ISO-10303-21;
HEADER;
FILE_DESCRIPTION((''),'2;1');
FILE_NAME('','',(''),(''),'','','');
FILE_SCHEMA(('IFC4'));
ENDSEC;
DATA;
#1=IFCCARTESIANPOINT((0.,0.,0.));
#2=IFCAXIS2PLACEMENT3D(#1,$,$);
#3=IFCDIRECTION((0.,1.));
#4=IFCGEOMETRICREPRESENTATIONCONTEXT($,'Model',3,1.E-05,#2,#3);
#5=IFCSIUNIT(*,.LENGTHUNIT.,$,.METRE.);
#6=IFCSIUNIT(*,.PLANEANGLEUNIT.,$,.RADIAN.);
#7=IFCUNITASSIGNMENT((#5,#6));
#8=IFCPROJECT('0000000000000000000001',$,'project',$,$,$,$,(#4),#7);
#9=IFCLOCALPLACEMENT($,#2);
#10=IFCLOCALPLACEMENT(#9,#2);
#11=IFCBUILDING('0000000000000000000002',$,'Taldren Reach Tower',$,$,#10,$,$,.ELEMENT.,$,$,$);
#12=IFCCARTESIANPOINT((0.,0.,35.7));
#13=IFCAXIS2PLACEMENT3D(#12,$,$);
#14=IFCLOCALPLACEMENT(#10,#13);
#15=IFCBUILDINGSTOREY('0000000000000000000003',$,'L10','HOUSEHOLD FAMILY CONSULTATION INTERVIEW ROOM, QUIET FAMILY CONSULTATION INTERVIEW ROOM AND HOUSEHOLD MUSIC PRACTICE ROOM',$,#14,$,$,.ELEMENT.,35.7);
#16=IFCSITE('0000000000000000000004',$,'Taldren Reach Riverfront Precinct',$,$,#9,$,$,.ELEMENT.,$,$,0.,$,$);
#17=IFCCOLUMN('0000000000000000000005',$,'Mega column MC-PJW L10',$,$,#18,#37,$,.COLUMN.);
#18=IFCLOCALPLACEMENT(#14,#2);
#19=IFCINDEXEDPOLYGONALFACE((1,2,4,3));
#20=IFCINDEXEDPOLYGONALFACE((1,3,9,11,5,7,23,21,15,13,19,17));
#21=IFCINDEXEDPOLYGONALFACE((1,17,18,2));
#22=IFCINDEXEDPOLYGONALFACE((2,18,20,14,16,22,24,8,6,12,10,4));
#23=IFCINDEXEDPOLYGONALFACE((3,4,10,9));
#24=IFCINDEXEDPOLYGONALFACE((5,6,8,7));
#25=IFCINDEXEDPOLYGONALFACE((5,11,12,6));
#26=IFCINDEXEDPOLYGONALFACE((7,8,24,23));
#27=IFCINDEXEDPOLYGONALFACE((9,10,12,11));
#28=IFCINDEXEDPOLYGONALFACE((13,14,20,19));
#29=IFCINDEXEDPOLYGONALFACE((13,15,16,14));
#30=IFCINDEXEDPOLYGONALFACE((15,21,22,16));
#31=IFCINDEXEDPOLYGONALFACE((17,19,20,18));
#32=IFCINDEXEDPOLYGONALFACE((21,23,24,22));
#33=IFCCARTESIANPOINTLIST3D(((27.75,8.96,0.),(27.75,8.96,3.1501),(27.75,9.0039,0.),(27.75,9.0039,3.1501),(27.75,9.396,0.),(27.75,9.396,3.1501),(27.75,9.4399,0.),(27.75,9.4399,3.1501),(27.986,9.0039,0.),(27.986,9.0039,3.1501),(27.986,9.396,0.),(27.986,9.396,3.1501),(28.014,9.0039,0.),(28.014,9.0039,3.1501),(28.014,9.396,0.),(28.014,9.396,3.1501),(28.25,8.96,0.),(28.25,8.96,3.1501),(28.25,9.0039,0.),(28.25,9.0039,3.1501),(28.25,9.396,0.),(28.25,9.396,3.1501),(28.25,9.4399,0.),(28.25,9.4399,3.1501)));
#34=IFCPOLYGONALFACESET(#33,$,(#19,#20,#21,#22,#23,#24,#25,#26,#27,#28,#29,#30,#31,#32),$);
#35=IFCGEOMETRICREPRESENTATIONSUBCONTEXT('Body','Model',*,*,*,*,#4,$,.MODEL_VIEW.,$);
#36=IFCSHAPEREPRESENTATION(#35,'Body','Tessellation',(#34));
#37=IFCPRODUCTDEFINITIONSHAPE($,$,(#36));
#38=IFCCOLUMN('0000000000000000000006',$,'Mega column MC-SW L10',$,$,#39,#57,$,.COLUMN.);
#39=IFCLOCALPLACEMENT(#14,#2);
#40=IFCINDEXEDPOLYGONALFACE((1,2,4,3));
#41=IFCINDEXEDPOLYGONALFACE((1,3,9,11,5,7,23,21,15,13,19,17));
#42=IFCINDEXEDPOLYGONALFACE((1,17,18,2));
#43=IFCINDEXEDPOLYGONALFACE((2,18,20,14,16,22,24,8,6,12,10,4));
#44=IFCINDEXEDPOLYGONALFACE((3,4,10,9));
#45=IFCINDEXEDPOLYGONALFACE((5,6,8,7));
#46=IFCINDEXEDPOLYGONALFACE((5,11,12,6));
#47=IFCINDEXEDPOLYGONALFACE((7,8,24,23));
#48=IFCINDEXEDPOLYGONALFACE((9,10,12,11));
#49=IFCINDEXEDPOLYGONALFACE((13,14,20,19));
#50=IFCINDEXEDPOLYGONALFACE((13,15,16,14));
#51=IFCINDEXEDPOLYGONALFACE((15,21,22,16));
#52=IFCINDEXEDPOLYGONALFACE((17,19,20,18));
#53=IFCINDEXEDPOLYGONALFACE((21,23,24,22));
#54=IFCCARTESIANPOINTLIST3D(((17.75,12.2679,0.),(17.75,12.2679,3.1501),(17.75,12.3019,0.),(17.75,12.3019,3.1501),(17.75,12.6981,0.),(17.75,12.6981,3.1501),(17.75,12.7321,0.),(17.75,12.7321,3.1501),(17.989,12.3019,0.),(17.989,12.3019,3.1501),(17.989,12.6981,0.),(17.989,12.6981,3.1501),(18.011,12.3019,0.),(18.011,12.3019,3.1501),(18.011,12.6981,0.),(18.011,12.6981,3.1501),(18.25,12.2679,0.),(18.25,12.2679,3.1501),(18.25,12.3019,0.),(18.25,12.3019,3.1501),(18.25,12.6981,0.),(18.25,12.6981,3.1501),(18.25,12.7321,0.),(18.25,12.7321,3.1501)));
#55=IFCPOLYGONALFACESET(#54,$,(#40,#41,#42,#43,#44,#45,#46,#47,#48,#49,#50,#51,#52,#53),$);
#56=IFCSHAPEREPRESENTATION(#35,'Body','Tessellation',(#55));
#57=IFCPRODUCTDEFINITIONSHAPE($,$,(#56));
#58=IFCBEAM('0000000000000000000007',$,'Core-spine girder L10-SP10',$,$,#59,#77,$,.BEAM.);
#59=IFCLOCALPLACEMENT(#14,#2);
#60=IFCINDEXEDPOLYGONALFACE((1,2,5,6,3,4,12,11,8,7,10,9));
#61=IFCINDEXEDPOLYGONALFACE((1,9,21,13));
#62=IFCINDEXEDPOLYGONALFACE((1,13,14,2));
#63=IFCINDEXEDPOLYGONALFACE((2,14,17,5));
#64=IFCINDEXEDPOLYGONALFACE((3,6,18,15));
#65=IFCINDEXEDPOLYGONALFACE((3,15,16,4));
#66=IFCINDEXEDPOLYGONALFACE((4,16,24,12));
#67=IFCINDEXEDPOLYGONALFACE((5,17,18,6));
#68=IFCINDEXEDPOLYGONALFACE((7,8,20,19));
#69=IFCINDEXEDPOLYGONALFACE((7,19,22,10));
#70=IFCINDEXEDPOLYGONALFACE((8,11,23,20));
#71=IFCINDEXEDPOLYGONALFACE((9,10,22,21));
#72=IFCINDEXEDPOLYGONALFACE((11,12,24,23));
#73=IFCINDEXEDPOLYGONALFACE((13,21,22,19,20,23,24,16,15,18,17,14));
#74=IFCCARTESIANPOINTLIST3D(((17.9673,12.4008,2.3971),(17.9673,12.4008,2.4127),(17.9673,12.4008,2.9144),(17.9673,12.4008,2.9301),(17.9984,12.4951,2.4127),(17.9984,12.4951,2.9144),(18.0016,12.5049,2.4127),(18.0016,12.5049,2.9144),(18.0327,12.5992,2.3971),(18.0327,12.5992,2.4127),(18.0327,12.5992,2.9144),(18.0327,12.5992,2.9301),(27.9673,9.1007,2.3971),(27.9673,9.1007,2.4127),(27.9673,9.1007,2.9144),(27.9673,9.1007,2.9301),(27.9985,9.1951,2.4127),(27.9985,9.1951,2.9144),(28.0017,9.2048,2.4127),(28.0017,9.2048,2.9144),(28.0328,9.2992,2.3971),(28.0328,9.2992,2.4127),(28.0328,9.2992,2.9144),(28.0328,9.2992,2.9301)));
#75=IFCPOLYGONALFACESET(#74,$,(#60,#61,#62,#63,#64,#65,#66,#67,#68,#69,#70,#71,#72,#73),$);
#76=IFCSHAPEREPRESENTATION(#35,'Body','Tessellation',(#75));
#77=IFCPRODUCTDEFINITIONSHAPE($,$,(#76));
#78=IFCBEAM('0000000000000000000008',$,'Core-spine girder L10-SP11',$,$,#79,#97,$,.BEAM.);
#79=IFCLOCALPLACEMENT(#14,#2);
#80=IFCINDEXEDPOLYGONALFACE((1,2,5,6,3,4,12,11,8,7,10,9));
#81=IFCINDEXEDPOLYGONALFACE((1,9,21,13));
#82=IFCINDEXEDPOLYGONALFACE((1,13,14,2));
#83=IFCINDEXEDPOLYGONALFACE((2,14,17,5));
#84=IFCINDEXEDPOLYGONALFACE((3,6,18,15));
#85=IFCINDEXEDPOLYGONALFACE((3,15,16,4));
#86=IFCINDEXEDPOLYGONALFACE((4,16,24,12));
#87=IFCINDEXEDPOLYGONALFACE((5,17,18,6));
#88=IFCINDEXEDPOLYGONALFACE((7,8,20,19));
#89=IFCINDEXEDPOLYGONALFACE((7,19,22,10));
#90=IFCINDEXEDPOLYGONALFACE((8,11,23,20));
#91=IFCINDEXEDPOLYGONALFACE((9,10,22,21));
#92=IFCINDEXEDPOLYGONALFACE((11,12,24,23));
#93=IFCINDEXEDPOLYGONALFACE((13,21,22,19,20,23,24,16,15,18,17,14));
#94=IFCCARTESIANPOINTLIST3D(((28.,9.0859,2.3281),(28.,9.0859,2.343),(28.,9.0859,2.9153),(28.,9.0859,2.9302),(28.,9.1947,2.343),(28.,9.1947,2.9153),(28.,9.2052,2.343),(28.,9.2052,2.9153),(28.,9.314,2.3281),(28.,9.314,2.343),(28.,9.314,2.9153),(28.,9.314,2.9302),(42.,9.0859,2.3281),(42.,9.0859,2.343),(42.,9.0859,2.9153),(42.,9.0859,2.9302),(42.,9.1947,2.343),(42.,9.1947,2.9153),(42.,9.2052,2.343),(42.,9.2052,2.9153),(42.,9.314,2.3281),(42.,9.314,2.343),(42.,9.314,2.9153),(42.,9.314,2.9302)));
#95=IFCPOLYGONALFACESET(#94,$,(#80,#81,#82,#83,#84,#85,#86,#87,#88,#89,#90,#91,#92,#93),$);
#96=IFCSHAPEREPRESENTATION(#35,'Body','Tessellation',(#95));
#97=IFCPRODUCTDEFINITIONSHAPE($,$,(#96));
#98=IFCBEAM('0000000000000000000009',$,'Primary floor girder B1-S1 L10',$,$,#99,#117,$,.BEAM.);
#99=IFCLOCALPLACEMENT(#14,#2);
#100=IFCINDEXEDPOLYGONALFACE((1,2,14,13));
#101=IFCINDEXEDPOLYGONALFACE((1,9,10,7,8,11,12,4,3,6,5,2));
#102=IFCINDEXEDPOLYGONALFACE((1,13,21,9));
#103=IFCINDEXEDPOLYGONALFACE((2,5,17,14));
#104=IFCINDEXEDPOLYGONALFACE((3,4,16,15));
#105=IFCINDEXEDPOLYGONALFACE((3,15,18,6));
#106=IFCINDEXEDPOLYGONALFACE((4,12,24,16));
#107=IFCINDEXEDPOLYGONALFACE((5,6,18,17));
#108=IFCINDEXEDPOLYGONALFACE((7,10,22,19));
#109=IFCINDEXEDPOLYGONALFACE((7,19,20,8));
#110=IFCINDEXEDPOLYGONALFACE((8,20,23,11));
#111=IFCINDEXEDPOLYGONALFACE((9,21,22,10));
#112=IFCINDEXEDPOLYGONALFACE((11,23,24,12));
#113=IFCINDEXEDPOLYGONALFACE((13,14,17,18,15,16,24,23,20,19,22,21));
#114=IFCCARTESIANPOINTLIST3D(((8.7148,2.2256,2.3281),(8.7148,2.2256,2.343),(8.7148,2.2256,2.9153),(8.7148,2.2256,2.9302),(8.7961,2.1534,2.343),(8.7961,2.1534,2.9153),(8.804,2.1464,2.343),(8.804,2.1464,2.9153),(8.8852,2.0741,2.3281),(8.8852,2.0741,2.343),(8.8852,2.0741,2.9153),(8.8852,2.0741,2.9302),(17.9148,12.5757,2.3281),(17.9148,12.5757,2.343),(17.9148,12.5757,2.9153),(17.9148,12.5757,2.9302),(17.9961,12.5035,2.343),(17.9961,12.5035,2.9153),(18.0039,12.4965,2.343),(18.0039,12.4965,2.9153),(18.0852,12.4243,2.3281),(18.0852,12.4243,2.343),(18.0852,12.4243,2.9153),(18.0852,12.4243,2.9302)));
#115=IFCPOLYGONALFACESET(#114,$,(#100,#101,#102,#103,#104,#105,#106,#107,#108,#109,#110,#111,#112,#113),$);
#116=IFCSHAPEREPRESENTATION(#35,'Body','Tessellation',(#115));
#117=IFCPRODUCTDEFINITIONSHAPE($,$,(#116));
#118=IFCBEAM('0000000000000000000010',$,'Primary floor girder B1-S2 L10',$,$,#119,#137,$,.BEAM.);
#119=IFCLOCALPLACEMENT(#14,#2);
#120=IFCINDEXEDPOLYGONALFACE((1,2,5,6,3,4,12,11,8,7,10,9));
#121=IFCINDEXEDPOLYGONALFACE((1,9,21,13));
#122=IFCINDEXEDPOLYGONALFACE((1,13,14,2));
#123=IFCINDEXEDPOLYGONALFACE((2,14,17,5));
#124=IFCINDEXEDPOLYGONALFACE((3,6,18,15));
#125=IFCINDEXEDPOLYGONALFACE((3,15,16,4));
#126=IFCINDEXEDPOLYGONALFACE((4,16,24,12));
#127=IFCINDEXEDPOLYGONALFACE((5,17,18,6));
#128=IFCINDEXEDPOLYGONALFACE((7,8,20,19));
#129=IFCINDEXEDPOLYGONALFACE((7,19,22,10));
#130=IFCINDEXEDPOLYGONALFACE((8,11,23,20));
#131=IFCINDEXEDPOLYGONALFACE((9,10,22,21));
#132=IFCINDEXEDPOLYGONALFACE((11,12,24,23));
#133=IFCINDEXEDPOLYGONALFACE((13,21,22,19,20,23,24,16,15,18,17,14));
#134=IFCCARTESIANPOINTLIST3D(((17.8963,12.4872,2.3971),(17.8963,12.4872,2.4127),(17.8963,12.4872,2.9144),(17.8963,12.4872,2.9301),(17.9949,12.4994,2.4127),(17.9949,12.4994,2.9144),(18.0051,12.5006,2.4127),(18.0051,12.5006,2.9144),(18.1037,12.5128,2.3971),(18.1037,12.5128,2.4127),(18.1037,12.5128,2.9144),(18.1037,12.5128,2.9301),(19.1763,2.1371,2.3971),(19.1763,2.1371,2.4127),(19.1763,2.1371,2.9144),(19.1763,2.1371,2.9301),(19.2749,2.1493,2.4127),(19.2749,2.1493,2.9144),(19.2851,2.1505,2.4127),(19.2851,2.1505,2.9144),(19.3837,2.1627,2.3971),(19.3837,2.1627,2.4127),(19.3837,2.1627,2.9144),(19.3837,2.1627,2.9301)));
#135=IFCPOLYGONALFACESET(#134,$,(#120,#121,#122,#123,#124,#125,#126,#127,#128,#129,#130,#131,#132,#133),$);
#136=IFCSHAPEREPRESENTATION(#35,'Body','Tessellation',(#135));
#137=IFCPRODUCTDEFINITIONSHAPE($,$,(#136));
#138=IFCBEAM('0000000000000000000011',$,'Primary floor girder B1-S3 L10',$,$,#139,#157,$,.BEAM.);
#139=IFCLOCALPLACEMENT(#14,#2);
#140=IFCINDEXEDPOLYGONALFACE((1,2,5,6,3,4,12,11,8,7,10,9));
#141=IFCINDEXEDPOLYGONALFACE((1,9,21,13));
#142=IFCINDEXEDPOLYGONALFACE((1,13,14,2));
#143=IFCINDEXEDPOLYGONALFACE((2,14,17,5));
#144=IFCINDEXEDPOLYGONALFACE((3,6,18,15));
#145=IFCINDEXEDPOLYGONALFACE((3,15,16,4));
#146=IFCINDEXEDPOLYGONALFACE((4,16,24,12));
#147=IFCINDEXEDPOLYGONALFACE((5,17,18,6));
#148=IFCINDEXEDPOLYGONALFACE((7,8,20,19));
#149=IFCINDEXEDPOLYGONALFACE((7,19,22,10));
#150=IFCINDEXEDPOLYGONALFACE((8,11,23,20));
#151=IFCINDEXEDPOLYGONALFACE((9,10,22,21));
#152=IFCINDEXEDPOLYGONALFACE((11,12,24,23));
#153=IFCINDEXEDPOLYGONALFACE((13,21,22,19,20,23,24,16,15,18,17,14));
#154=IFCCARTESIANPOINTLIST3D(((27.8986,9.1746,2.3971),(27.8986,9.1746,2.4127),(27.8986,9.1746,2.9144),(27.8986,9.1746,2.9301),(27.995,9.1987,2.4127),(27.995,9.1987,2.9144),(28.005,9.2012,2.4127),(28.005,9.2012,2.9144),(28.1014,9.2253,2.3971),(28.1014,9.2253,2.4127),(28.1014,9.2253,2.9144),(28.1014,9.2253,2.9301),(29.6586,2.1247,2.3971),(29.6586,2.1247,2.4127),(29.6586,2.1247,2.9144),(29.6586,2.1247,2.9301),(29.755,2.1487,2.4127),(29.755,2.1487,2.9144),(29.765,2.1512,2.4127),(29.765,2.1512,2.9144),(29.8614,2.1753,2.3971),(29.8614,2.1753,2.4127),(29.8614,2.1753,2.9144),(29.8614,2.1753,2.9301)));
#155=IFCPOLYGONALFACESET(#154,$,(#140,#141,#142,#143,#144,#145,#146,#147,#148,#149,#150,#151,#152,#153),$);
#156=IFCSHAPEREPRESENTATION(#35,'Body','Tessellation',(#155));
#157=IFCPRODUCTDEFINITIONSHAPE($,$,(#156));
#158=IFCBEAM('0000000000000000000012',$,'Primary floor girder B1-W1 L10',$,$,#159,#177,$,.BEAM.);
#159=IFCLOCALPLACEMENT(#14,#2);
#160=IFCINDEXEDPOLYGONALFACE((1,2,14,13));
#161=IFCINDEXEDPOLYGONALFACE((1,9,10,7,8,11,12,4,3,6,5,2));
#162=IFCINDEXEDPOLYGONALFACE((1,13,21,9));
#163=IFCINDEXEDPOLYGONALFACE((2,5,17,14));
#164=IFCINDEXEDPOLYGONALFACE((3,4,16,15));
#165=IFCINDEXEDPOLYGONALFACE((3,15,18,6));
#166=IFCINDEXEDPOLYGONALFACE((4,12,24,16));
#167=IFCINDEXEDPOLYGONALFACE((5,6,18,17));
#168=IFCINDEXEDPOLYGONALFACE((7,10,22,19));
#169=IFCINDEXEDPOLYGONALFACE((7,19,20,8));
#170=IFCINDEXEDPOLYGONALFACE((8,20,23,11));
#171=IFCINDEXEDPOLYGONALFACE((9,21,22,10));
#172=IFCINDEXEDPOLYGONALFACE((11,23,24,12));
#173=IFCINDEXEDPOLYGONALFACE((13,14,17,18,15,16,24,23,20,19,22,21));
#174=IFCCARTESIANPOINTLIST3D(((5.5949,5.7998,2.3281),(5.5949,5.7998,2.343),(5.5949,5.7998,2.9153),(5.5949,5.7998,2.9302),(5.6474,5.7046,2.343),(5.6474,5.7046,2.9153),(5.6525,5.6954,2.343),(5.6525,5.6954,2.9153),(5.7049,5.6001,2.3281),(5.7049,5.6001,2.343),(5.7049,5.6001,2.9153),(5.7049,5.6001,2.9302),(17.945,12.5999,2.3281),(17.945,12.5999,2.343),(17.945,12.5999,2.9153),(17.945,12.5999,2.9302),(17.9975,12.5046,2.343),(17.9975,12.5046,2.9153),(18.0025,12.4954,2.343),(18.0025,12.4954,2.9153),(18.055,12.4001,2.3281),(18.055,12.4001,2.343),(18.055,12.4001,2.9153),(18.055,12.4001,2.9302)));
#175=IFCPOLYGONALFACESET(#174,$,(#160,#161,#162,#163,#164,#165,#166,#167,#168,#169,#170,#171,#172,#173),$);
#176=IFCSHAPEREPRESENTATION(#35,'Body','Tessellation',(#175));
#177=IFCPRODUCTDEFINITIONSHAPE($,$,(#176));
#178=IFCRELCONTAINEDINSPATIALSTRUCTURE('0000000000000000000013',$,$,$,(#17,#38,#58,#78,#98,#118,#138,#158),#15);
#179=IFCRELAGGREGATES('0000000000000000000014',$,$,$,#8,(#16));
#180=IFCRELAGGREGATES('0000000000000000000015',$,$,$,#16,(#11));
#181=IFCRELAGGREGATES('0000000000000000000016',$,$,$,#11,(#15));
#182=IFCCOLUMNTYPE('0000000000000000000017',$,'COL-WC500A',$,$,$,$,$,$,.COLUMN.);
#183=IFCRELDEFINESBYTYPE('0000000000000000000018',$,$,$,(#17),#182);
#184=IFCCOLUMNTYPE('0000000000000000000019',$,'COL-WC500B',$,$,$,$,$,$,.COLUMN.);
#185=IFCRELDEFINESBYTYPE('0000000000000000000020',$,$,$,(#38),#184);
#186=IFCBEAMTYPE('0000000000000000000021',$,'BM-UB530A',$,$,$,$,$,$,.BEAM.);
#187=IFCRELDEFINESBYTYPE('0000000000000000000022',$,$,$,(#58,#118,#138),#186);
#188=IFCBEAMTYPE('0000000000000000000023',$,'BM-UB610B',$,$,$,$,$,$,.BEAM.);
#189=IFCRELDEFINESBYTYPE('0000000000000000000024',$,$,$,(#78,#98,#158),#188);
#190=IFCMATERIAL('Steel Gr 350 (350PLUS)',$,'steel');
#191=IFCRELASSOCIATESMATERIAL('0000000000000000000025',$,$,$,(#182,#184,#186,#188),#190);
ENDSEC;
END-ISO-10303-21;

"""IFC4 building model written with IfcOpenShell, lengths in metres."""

from ifc_helpers import new_model, si_unit, direction, frame, origin, origin_2d, place, context, subcontext, project, spatial, i_section, extrude, source, transform, mapped, material, material_profile, profile_set, type_object, element, save


model = new_model("IFC4")

# Units and contexts
model_context = context("Model", 3, precision=1e-05, world=origin(), true_north=direction((0.0, 1.0)))
body_context = subcontext(model_context, "Body", "Model", "MODEL_VIEW")
ifc_project = project(units=[si_unit("LENGTHUNIT", "METRE"), si_unit("PLANEANGLEUNIT", "RADIAN")], contexts=[model_context])

# Site, building, storey
site_placement = place(None, origin())
site = spatial("IfcSite", under=ifc_project, at=site_placement, Name="Taldren Reach Riverfront Precinct", CompositionType="ELEMENT", RefElevation=0.0)
building_placement = place(site_placement, origin())
building = spatial("IfcBuilding", under=site, at=building_placement, Name="Taldren Reach Tower", CompositionType="ELEMENT")
storey_placement = place(building_placement, frame((0.0, 0.0, 35.7)))
storey = spatial("IfcBuildingStorey", under=building, at=storey_placement, Name="L10", Description="HOUSEHOLD FAMILY CONSULTATION INTERVIEW ROOM, QUIET FAMILY CONSULTATION INTERVIEW ROOM AND HOUSEHOLD MUSIC PRACTICE ROOM", CompositionType="ELEMENT", Elevation=35.7)

# Columns
ifc_material_1 = material(Name="Steel Gr 350 (350PLUS)", Category="steel")
ifc_material_profile_1 = material_profile(ifc_material_1, i_section(OverallWidth=0.5, OverallDepth=0.48, WebThickness=0.0281, FlangeThickness=0.0439, at=origin_2d()), Name="500WC440")
ifc_profile_set_1 = profile_set([ifc_material_profile_1], Name="Steel Gr 350 (350PLUS)")
column_type_1 = type_object("IfcColumnType", Name="COL-WC500A", PredefinedType="COLUMN", material=ifc_profile_set_1)
shared_shape_1 = source(origin(), body_context, "Body", "SweptSolid", [
    extrude(i_section(OverallWidth=0.5, OverallDepth=0.48, WebThickness=0.0281, FlangeThickness=0.0439, at=origin_2d()), origin(), (0.0, 0.0, 1.0), 3.1501),
])
column_1_placement = place(storey_placement, frame((28.0, 9.2, 0.0), z_axis=(0.0, 0.0, 1.0), x_axis=(1.0, 0.0, 0.0)))
element("IfcColumn", 1, at=column_1_placement, inside=storey, type_object=column_type_1, Name="Mega column MC-PJW L10", PredefinedType="COLUMN", context=body_context, shape_type="MappedRepresentation", body=[
    mapped(shared_shape_1, transform((0.0, 0.0, 0.0), scale=1.0)),
])
ifc_material_profile_2 = material_profile(ifc_material_1, i_section(OverallWidth=0.5, OverallDepth=0.4641, WebThickness=0.022, FlangeThickness=0.0339, at=origin_2d()), Name="500WC340")
ifc_profile_set_2 = profile_set([ifc_material_profile_2], Name="Steel Gr 350 (350PLUS)")
column_type_2 = type_object("IfcColumnType", Name="COL-WC500B", PredefinedType="COLUMN", material=ifc_profile_set_2)
shared_shape_2 = source(origin(), body_context, "Body", "SweptSolid", [
    extrude(i_section(OverallWidth=0.5, OverallDepth=0.4641, WebThickness=0.022, FlangeThickness=0.0339, at=origin_2d()), origin(), (0.0, 0.0, 1.0), 3.1501),
])
column_2_placement = place(storey_placement, frame((18.0, 12.5, 0.0), z_axis=(0.0, 0.0, 1.0), x_axis=(1.0, 0.0, 0.0)))
element("IfcColumn", 2, at=column_2_placement, inside=storey, type_object=column_type_2, Name="Mega column MC-SW L10", PredefinedType="COLUMN", context=body_context, shape_type="MappedRepresentation", body=[
    mapped(shared_shape_2, transform((0.0, 0.0, 0.0), scale=1.0)),
])

# Beams
ifc_material_profile_3 = material_profile(ifc_material_1, i_section(OverallWidth=0.209, OverallDepth=0.533, WebThickness=0.0103, FlangeThickness=0.0156, at=origin_2d()), Name="530UB92.4")
ifc_profile_set_3 = profile_set([ifc_material_profile_3], Name="Steel Gr 350 (350PLUS)")
beam_type_1 = type_object("IfcBeamType", Name="BM-UB530A", PredefinedType="BEAM", material=ifc_profile_set_3)
shared_shape_3 = source(origin(), body_context, "Body", "SweptSolid", [
    extrude(i_section(OverallWidth=0.209, OverallDepth=0.533, WebThickness=0.0103, FlangeThickness=0.0156, at=origin_2d()), origin(), (0.0, 0.0, 1.0), 10.5305),
])
beam_1_placement = place(storey_placement, frame((18.0, 12.5, 2.6636), z_axis=(0.949627, -0.313382, 0.0), x_axis=(0.313382, 0.949627, 0.0)))
element("IfcBeam", 3, at=beam_1_placement, inside=storey, type_object=beam_type_1, Name="Core-spine girder L10-SP10", PredefinedType="BEAM", context=body_context, shape_type="MappedRepresentation", body=[
    mapped(shared_shape_3, transform((0.0, 0.0, 0.0), scale=1.0)),
])
ifc_material_profile_4 = material_profile(ifc_material_1, i_section(OverallWidth=0.228, OverallDepth=0.6021, WebThickness=0.0105, FlangeThickness=0.0149, at=origin_2d()), Name="610UB101")
ifc_profile_set_4 = profile_set([ifc_material_profile_4], Name="Steel Gr 350 (350PLUS)")
beam_type_2 = type_object("IfcBeamType", Name="BM-UB610B", PredefinedType="BEAM", material=ifc_profile_set_4)
shared_shape_4 = source(origin(), body_context, "Body", "SweptSolid", [
    extrude(i_section(OverallWidth=0.228, OverallDepth=0.6021, WebThickness=0.0105, FlangeThickness=0.0149, at=origin_2d()), origin(), (0.0, 0.0, 1.0), 14.0),
])
beam_2_placement = place(storey_placement, frame((28.0, 9.2, 2.6292), z_axis=(1.0, 0.0, 0.0), x_axis=(0.0, 1.0, 0.0)))
element("IfcBeam", 4, at=beam_2_placement, inside=storey, type_object=beam_type_2, Name="Core-spine girder L10-SP11", PredefinedType="BEAM", context=body_context, shape_type="MappedRepresentation", body=[
    mapped(shared_shape_4, transform((0.0, 0.0, 0.0), scale=1.0)),
])
shared_shape_5 = source(origin(), body_context, "Body", "SweptSolid", [
    extrude(i_section(OverallWidth=0.228, OverallDepth=0.6021, WebThickness=0.0105, FlangeThickness=0.0149, at=origin_2d()), origin(), (0.0, 0.0, 1.0), 13.8479),
])
beam_3_placement = place(storey_placement, frame((18.0, 12.5, 2.6292), z_axis=(-0.664358, -0.747414, 0.0), x_axis=(0.747414, -0.664358, 0.0)))
element("IfcBeam", 5, at=beam_3_placement, inside=storey, type_object=beam_type_2, Name="Primary floor girder B1-S1 L10", PredefinedType="BEAM", context=body_context, shape_type="MappedRepresentation", body=[
    mapped(shared_shape_5, transform((0.0, 0.0, 0.0), scale=1.0)),
])
shared_shape_6 = source(origin(), body_context, "Body", "SweptSolid", [
    extrude(i_section(OverallWidth=0.209, OverallDepth=0.533, WebThickness=0.0103, FlangeThickness=0.0156, at=origin_2d()), origin(), (0.0, 0.0, 1.0), 10.429),
])
beam_4_placement = place(storey_placement, frame((18.0, 12.5, 2.6636), z_axis=(0.122738, -0.992439, 0.0), x_axis=(0.992439, 0.122738, 0.0)))
element("IfcBeam", 6, at=beam_4_placement, inside=storey, type_object=beam_type_1, Name="Primary floor girder B1-S2 L10", PredefinedType="BEAM", context=body_context, shape_type="MappedRepresentation", body=[
    mapped(shared_shape_6, transform((0.0, 0.0, 0.0), scale=1.0)),
])
shared_shape_7 = source(origin(), body_context, "Body", "SweptSolid", [
    extrude(i_section(OverallWidth=0.209, OverallDepth=0.533, WebThickness=0.0103, FlangeThickness=0.0156, at=origin_2d()), origin(), (0.0, 0.0, 1.0), 7.2664),
])
beam_5_placement = place(storey_placement, frame((28.0, 9.2, 2.6636), z_axis=(0.242211, -0.970223, 0.0), x_axis=(0.970223, 0.242211, 0.0)))
element("IfcBeam", 7, at=beam_5_placement, inside=storey, type_object=beam_type_1, Name="Primary floor girder B1-S3 L10", PredefinedType="BEAM", context=body_context, shape_type="MappedRepresentation", body=[
    mapped(shared_shape_7, transform((0.0, 0.0, 0.0), scale=1.0)),
])
shared_shape_8 = source(origin(), body_context, "Body", "SweptSolid", [
    extrude(i_section(OverallWidth=0.228, OverallDepth=0.6021, WebThickness=0.0105, FlangeThickness=0.0149, at=origin_2d()), origin(), (0.0, 0.0, 1.0), 14.0984),
])
beam_6_placement = place(storey_placement, frame((18.0, 12.5, 2.6292), z_axis=(-0.875991, -0.482327, 0.0), x_axis=(0.482327, -0.875991, 0.0)))
element("IfcBeam", 8, at=beam_6_placement, inside=storey, type_object=beam_type_2, Name="Primary floor girder B1-W1 L10", PredefinedType="BEAM", context=body_context, shape_type="MappedRepresentation", body=[
    mapped(shared_shape_8, transform((0.0, 0.0, 0.0), scale=1.0)),
])

save(model, "model.ifc")
